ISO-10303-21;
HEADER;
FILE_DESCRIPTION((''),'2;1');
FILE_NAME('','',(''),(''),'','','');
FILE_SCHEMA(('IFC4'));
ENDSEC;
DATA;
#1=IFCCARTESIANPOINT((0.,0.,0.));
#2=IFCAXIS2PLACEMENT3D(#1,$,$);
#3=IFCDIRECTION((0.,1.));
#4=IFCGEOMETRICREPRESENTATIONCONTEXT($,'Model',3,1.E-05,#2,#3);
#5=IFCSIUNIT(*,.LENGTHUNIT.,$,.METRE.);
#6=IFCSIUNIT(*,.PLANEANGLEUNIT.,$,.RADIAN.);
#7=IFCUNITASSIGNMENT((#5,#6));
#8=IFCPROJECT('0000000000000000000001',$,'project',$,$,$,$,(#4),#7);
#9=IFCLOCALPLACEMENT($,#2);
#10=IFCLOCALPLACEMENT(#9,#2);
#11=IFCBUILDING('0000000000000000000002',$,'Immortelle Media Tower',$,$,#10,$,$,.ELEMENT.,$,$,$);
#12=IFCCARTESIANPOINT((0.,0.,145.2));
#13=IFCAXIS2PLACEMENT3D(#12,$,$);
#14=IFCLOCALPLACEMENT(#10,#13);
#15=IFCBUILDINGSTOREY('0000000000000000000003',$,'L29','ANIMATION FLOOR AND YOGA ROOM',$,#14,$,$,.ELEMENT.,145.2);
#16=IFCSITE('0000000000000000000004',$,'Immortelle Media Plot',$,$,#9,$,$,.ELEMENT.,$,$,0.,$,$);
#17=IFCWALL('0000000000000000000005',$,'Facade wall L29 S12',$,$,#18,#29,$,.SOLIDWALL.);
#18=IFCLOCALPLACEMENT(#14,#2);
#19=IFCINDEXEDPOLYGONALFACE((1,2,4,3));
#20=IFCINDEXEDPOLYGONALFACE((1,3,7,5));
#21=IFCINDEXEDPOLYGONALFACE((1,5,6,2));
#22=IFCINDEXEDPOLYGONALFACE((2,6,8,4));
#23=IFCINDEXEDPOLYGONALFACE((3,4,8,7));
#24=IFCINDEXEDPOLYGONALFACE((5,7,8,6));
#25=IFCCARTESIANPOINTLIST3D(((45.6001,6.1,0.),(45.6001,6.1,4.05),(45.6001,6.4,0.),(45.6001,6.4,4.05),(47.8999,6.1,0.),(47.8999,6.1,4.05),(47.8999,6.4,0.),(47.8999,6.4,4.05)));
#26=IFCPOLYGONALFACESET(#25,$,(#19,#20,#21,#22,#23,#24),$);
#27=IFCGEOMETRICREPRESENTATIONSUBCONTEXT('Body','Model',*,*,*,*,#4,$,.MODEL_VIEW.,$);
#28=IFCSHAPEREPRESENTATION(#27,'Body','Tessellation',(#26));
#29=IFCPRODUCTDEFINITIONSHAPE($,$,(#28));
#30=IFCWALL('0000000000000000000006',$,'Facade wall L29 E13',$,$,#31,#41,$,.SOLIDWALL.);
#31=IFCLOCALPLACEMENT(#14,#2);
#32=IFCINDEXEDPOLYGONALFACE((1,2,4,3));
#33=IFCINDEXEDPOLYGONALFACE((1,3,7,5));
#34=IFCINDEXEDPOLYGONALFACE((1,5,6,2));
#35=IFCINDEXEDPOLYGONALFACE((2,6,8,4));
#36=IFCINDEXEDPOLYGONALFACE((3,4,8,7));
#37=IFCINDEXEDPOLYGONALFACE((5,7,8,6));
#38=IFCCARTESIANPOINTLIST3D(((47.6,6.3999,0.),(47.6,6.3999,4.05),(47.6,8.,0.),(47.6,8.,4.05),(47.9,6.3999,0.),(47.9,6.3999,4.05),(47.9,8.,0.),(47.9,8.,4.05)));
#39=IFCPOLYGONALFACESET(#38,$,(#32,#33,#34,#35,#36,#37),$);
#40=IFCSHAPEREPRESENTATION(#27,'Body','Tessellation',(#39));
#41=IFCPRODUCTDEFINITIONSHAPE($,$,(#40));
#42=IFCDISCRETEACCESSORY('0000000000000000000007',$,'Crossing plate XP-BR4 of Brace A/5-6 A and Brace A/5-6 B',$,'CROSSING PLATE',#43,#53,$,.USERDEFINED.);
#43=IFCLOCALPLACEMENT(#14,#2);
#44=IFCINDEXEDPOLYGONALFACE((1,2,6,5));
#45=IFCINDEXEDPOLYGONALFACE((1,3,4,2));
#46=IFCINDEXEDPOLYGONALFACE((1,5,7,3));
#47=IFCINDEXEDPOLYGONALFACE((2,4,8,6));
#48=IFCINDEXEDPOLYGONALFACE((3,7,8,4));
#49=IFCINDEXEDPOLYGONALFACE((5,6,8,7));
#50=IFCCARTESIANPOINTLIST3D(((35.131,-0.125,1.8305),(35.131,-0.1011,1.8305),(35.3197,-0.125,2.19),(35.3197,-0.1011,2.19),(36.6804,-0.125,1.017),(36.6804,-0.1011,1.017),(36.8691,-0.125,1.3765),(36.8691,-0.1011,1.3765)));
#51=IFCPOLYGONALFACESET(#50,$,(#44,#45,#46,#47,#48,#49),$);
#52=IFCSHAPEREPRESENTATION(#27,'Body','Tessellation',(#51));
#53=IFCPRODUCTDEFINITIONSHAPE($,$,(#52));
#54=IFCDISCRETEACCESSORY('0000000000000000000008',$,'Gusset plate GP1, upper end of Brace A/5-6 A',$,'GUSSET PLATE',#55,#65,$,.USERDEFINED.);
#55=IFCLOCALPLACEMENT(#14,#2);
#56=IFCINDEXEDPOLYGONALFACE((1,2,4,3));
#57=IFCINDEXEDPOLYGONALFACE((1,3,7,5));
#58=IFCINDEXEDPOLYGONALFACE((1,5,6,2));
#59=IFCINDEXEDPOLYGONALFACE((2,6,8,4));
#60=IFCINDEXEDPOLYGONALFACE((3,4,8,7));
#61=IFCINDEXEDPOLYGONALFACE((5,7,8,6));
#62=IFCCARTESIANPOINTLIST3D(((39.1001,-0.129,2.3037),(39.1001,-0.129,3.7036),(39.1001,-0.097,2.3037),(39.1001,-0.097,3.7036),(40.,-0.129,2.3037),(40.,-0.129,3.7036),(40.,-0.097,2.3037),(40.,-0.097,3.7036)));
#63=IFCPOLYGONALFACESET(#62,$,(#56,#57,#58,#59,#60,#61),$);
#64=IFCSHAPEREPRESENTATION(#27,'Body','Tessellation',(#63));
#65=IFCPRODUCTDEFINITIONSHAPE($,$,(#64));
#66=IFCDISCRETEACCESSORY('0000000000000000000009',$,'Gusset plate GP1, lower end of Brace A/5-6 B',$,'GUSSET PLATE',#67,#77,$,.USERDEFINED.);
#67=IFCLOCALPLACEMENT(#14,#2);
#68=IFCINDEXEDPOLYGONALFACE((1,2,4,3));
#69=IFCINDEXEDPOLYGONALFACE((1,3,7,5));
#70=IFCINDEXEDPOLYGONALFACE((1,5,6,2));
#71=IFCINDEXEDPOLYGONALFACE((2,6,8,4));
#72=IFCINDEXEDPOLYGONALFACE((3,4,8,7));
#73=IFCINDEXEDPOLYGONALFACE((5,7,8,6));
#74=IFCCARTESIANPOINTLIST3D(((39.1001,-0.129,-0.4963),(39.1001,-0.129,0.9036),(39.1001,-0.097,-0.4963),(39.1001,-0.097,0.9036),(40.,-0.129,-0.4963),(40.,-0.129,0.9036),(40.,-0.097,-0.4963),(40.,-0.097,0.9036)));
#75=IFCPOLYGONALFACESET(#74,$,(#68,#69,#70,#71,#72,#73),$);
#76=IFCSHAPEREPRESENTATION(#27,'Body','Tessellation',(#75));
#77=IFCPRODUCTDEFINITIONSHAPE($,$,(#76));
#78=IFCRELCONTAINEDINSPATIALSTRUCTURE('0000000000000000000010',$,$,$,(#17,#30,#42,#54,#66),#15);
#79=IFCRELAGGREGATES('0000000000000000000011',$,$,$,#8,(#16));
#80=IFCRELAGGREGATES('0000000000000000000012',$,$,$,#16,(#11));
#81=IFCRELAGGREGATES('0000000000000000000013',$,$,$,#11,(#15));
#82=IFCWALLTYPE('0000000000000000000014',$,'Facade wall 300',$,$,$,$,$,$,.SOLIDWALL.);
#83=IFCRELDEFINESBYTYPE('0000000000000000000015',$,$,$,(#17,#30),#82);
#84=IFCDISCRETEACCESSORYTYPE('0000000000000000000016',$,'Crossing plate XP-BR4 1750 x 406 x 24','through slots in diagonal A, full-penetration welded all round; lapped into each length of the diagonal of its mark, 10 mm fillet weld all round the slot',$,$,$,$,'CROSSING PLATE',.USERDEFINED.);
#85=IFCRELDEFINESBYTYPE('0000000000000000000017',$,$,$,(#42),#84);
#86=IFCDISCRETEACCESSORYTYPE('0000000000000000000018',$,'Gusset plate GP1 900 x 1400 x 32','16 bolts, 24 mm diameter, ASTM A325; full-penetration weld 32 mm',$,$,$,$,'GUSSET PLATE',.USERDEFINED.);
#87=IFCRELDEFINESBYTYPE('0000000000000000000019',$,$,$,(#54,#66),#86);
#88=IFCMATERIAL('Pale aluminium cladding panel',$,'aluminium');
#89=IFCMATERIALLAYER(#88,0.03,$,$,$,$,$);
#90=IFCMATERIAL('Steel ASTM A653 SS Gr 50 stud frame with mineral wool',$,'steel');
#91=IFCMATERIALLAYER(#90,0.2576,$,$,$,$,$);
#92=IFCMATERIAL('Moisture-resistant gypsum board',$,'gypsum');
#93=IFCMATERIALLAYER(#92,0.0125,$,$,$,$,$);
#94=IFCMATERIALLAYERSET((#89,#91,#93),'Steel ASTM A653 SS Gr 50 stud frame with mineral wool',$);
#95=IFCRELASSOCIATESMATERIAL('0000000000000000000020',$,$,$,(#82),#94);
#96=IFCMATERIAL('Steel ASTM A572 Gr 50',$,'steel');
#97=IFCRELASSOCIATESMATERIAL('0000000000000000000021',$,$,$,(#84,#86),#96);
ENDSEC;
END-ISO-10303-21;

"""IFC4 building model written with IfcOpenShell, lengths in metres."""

from ifc_helpers import new_model, si_unit, direction, frame, frame_2d, origin, origin_2d, place, context, subcontext, project, spatial, rectangle, extrude, material, layer, layer_set, material_profile, profile_set, type_object, element, save


model = new_model("IFC4")

# Units and contexts
model_context = context("Model", 3, precision=1e-05, world=origin(), true_north=direction((0.0, 1.0)))
body_context = subcontext(model_context, "Body", "Model", "MODEL_VIEW")
ifc_project = project(units=[si_unit("LENGTHUNIT", "METRE"), si_unit("PLANEANGLEUNIT", "RADIAN")], contexts=[model_context])

# Site, building, storey
site_placement = place(None, origin())
site = spatial("IfcSite", under=ifc_project, at=site_placement, Name="Immortelle Media Plot", CompositionType="ELEMENT", RefElevation=0.0)
building_placement = place(site_placement, origin())
building = spatial("IfcBuilding", under=site, at=building_placement, Name="Immortelle Media Tower", CompositionType="ELEMENT")
storey_placement = place(building_placement, frame((0.0, 0.0, 145.2)))
storey = spatial("IfcBuildingStorey", under=building, at=storey_placement, Name="L29", Description="ANIMATION FLOOR AND YOGA ROOM", CompositionType="ELEMENT", Elevation=145.2)

# Walls
ifc_material_1 = material(Name="Pale aluminium cladding panel", Category="aluminium")
ifc_layer_1 = layer(ifc_material_1, 0.03)
ifc_material_2 = material(Name="Steel ASTM A653 SS Gr 50 stud frame with mineral wool", Category="steel")
ifc_layer_2 = layer(ifc_material_2, 0.2576)
ifc_material_3 = material(Name="Moisture-resistant gypsum board", Category="gypsum")
ifc_layer_3 = layer(ifc_material_3, 0.0125)
ifc_layer_set = layer_set([ifc_layer_1, ifc_layer_2, ifc_layer_3], Name="Steel ASTM A653 SS Gr 50 stud frame with mineral wool")
wall_type = type_object("IfcWallType", Name="Facade wall 300", PredefinedType="SOLIDWALL", material=ifc_layer_set)
wall_1_placement = place(storey_placement, frame((45.6001, 6.25, 0.0), z_axis=(0.0, 0.0, 1.0), x_axis=(1.0, 0.0, 0.0)))
element("IfcWall", 1, at=wall_1_placement, inside=storey, type_object=wall_type, Name="Facade wall L29 S12", PredefinedType="SOLIDWALL", context=body_context, shape_type="SweptSolid", body=[
    extrude(rectangle(XDim=2.2998, YDim=0.3, at=frame_2d((1.1499, 0.0))), origin(), (0.0, 0.0, 1.0), 4.05),
])
wall_2_placement = place(storey_placement, frame((47.75, 6.3999, 0.0), z_axis=(0.0, 0.0, 1.0), x_axis=(0.0, 1.0, 0.0)))
element("IfcWall", 2, at=wall_2_placement, inside=storey, type_object=wall_type, Name="Facade wall L29 E13", PredefinedType="SOLIDWALL", context=body_context, shape_type="SweptSolid", body=[
    extrude(rectangle(XDim=1.6001, YDim=0.3, at=frame_2d((0.8, 0.0))), origin(), (0.0, 0.0, 1.0), 4.05),
])

# Discrete accessories
ifc_material_4 = material(Name="Steel ASTM A572 Gr 50", Category="steel")
ifc_material_profile_1 = material_profile(ifc_material_4, rectangle(XDim=0.0239, YDim=0.406, at=origin_2d()), Name="PL 24 x 406")
ifc_profile_set_1 = profile_set([ifc_material_profile_1], Name="Steel ASTM A572 Gr 50")
discrete_accessory_type_1 = type_object("IfcDiscreteAccessoryType", Name="Crossing plate XP-BR4 1750 x 406 x 24", Description="through slots in diagonal A, full-penetration welded all round; lapped into each length of the diagonal of its mark, 10 mm fillet weld all round the slot", ElementType="CROSSING PLATE", PredefinedType="USERDEFINED", material=ifc_profile_set_1)
discrete_accessory_placement = place(storey_placement, frame((35.2253, -0.113, 2.0103), z_axis=(0.885378, 0.0, -0.464872), x_axis=(0.0, 1.0, 0.0)))
element("IfcDiscreteAccessory", 3, at=discrete_accessory_placement, inside=storey, type_object=discrete_accessory_type_1, Name="Crossing plate XP-BR4 of Brace A/5-6 A and Brace A/5-6 B", ObjectType="CROSSING PLATE", PredefinedType="USERDEFINED", context=body_context, shape_type="SweptSolid", body=[
    extrude(rectangle(XDim=0.0239, YDim=0.406, at=origin_2d()), origin(), (0.0, 0.0, 1.0), 1.75),
])
ifc_material_profile_2 = material_profile(ifc_material_4, rectangle(XDim=0.032, YDim=1.3999, at=origin_2d()), Name="PL 32 x 1400")
ifc_profile_set_2 = profile_set([ifc_material_profile_2], Name="Steel ASTM A572 Gr 50")
discrete_accessory_type_2 = type_object("IfcDiscreteAccessoryType", Name="Gusset plate GP1 900 x 1400 x 32", Description="16 bolts, 24 mm diameter, ASTM A325; full-penetration weld 32 mm", ElementType="GUSSET PLATE", PredefinedType="USERDEFINED", material=ifc_profile_set_2)
for number, where, z_axis, x_axis, name in (
    (4, (40.0, -0.113, 3.0037), (-1.0, 0.0, 0.0), (0.0, -1.0, 0.0), "Gusset plate GP1, upper end of Brace A/5-6 A"),
    (5, (40.0, -0.113, 0.2036), (-1.0, 0.0, 0.0), (0.0, -1.0, 0.0), "Gusset plate GP1, lower end of Brace A/5-6 B"),
):
    element("IfcDiscreteAccessory", number, at=place(storey_placement, frame(where, z_axis=z_axis, x_axis=x_axis)), inside=storey, type_object=discrete_accessory_type_2, Name=name, ObjectType="GUSSET PLATE", PredefinedType="USERDEFINED", context=body_context, shape_type="SweptSolid", body=[
        extrude(rectangle(XDim=0.032, YDim=1.3999, at=origin_2d()), origin(), (0.0, 0.0, 1.0), 0.8999),
    ])

save(model, "model.ifc")
